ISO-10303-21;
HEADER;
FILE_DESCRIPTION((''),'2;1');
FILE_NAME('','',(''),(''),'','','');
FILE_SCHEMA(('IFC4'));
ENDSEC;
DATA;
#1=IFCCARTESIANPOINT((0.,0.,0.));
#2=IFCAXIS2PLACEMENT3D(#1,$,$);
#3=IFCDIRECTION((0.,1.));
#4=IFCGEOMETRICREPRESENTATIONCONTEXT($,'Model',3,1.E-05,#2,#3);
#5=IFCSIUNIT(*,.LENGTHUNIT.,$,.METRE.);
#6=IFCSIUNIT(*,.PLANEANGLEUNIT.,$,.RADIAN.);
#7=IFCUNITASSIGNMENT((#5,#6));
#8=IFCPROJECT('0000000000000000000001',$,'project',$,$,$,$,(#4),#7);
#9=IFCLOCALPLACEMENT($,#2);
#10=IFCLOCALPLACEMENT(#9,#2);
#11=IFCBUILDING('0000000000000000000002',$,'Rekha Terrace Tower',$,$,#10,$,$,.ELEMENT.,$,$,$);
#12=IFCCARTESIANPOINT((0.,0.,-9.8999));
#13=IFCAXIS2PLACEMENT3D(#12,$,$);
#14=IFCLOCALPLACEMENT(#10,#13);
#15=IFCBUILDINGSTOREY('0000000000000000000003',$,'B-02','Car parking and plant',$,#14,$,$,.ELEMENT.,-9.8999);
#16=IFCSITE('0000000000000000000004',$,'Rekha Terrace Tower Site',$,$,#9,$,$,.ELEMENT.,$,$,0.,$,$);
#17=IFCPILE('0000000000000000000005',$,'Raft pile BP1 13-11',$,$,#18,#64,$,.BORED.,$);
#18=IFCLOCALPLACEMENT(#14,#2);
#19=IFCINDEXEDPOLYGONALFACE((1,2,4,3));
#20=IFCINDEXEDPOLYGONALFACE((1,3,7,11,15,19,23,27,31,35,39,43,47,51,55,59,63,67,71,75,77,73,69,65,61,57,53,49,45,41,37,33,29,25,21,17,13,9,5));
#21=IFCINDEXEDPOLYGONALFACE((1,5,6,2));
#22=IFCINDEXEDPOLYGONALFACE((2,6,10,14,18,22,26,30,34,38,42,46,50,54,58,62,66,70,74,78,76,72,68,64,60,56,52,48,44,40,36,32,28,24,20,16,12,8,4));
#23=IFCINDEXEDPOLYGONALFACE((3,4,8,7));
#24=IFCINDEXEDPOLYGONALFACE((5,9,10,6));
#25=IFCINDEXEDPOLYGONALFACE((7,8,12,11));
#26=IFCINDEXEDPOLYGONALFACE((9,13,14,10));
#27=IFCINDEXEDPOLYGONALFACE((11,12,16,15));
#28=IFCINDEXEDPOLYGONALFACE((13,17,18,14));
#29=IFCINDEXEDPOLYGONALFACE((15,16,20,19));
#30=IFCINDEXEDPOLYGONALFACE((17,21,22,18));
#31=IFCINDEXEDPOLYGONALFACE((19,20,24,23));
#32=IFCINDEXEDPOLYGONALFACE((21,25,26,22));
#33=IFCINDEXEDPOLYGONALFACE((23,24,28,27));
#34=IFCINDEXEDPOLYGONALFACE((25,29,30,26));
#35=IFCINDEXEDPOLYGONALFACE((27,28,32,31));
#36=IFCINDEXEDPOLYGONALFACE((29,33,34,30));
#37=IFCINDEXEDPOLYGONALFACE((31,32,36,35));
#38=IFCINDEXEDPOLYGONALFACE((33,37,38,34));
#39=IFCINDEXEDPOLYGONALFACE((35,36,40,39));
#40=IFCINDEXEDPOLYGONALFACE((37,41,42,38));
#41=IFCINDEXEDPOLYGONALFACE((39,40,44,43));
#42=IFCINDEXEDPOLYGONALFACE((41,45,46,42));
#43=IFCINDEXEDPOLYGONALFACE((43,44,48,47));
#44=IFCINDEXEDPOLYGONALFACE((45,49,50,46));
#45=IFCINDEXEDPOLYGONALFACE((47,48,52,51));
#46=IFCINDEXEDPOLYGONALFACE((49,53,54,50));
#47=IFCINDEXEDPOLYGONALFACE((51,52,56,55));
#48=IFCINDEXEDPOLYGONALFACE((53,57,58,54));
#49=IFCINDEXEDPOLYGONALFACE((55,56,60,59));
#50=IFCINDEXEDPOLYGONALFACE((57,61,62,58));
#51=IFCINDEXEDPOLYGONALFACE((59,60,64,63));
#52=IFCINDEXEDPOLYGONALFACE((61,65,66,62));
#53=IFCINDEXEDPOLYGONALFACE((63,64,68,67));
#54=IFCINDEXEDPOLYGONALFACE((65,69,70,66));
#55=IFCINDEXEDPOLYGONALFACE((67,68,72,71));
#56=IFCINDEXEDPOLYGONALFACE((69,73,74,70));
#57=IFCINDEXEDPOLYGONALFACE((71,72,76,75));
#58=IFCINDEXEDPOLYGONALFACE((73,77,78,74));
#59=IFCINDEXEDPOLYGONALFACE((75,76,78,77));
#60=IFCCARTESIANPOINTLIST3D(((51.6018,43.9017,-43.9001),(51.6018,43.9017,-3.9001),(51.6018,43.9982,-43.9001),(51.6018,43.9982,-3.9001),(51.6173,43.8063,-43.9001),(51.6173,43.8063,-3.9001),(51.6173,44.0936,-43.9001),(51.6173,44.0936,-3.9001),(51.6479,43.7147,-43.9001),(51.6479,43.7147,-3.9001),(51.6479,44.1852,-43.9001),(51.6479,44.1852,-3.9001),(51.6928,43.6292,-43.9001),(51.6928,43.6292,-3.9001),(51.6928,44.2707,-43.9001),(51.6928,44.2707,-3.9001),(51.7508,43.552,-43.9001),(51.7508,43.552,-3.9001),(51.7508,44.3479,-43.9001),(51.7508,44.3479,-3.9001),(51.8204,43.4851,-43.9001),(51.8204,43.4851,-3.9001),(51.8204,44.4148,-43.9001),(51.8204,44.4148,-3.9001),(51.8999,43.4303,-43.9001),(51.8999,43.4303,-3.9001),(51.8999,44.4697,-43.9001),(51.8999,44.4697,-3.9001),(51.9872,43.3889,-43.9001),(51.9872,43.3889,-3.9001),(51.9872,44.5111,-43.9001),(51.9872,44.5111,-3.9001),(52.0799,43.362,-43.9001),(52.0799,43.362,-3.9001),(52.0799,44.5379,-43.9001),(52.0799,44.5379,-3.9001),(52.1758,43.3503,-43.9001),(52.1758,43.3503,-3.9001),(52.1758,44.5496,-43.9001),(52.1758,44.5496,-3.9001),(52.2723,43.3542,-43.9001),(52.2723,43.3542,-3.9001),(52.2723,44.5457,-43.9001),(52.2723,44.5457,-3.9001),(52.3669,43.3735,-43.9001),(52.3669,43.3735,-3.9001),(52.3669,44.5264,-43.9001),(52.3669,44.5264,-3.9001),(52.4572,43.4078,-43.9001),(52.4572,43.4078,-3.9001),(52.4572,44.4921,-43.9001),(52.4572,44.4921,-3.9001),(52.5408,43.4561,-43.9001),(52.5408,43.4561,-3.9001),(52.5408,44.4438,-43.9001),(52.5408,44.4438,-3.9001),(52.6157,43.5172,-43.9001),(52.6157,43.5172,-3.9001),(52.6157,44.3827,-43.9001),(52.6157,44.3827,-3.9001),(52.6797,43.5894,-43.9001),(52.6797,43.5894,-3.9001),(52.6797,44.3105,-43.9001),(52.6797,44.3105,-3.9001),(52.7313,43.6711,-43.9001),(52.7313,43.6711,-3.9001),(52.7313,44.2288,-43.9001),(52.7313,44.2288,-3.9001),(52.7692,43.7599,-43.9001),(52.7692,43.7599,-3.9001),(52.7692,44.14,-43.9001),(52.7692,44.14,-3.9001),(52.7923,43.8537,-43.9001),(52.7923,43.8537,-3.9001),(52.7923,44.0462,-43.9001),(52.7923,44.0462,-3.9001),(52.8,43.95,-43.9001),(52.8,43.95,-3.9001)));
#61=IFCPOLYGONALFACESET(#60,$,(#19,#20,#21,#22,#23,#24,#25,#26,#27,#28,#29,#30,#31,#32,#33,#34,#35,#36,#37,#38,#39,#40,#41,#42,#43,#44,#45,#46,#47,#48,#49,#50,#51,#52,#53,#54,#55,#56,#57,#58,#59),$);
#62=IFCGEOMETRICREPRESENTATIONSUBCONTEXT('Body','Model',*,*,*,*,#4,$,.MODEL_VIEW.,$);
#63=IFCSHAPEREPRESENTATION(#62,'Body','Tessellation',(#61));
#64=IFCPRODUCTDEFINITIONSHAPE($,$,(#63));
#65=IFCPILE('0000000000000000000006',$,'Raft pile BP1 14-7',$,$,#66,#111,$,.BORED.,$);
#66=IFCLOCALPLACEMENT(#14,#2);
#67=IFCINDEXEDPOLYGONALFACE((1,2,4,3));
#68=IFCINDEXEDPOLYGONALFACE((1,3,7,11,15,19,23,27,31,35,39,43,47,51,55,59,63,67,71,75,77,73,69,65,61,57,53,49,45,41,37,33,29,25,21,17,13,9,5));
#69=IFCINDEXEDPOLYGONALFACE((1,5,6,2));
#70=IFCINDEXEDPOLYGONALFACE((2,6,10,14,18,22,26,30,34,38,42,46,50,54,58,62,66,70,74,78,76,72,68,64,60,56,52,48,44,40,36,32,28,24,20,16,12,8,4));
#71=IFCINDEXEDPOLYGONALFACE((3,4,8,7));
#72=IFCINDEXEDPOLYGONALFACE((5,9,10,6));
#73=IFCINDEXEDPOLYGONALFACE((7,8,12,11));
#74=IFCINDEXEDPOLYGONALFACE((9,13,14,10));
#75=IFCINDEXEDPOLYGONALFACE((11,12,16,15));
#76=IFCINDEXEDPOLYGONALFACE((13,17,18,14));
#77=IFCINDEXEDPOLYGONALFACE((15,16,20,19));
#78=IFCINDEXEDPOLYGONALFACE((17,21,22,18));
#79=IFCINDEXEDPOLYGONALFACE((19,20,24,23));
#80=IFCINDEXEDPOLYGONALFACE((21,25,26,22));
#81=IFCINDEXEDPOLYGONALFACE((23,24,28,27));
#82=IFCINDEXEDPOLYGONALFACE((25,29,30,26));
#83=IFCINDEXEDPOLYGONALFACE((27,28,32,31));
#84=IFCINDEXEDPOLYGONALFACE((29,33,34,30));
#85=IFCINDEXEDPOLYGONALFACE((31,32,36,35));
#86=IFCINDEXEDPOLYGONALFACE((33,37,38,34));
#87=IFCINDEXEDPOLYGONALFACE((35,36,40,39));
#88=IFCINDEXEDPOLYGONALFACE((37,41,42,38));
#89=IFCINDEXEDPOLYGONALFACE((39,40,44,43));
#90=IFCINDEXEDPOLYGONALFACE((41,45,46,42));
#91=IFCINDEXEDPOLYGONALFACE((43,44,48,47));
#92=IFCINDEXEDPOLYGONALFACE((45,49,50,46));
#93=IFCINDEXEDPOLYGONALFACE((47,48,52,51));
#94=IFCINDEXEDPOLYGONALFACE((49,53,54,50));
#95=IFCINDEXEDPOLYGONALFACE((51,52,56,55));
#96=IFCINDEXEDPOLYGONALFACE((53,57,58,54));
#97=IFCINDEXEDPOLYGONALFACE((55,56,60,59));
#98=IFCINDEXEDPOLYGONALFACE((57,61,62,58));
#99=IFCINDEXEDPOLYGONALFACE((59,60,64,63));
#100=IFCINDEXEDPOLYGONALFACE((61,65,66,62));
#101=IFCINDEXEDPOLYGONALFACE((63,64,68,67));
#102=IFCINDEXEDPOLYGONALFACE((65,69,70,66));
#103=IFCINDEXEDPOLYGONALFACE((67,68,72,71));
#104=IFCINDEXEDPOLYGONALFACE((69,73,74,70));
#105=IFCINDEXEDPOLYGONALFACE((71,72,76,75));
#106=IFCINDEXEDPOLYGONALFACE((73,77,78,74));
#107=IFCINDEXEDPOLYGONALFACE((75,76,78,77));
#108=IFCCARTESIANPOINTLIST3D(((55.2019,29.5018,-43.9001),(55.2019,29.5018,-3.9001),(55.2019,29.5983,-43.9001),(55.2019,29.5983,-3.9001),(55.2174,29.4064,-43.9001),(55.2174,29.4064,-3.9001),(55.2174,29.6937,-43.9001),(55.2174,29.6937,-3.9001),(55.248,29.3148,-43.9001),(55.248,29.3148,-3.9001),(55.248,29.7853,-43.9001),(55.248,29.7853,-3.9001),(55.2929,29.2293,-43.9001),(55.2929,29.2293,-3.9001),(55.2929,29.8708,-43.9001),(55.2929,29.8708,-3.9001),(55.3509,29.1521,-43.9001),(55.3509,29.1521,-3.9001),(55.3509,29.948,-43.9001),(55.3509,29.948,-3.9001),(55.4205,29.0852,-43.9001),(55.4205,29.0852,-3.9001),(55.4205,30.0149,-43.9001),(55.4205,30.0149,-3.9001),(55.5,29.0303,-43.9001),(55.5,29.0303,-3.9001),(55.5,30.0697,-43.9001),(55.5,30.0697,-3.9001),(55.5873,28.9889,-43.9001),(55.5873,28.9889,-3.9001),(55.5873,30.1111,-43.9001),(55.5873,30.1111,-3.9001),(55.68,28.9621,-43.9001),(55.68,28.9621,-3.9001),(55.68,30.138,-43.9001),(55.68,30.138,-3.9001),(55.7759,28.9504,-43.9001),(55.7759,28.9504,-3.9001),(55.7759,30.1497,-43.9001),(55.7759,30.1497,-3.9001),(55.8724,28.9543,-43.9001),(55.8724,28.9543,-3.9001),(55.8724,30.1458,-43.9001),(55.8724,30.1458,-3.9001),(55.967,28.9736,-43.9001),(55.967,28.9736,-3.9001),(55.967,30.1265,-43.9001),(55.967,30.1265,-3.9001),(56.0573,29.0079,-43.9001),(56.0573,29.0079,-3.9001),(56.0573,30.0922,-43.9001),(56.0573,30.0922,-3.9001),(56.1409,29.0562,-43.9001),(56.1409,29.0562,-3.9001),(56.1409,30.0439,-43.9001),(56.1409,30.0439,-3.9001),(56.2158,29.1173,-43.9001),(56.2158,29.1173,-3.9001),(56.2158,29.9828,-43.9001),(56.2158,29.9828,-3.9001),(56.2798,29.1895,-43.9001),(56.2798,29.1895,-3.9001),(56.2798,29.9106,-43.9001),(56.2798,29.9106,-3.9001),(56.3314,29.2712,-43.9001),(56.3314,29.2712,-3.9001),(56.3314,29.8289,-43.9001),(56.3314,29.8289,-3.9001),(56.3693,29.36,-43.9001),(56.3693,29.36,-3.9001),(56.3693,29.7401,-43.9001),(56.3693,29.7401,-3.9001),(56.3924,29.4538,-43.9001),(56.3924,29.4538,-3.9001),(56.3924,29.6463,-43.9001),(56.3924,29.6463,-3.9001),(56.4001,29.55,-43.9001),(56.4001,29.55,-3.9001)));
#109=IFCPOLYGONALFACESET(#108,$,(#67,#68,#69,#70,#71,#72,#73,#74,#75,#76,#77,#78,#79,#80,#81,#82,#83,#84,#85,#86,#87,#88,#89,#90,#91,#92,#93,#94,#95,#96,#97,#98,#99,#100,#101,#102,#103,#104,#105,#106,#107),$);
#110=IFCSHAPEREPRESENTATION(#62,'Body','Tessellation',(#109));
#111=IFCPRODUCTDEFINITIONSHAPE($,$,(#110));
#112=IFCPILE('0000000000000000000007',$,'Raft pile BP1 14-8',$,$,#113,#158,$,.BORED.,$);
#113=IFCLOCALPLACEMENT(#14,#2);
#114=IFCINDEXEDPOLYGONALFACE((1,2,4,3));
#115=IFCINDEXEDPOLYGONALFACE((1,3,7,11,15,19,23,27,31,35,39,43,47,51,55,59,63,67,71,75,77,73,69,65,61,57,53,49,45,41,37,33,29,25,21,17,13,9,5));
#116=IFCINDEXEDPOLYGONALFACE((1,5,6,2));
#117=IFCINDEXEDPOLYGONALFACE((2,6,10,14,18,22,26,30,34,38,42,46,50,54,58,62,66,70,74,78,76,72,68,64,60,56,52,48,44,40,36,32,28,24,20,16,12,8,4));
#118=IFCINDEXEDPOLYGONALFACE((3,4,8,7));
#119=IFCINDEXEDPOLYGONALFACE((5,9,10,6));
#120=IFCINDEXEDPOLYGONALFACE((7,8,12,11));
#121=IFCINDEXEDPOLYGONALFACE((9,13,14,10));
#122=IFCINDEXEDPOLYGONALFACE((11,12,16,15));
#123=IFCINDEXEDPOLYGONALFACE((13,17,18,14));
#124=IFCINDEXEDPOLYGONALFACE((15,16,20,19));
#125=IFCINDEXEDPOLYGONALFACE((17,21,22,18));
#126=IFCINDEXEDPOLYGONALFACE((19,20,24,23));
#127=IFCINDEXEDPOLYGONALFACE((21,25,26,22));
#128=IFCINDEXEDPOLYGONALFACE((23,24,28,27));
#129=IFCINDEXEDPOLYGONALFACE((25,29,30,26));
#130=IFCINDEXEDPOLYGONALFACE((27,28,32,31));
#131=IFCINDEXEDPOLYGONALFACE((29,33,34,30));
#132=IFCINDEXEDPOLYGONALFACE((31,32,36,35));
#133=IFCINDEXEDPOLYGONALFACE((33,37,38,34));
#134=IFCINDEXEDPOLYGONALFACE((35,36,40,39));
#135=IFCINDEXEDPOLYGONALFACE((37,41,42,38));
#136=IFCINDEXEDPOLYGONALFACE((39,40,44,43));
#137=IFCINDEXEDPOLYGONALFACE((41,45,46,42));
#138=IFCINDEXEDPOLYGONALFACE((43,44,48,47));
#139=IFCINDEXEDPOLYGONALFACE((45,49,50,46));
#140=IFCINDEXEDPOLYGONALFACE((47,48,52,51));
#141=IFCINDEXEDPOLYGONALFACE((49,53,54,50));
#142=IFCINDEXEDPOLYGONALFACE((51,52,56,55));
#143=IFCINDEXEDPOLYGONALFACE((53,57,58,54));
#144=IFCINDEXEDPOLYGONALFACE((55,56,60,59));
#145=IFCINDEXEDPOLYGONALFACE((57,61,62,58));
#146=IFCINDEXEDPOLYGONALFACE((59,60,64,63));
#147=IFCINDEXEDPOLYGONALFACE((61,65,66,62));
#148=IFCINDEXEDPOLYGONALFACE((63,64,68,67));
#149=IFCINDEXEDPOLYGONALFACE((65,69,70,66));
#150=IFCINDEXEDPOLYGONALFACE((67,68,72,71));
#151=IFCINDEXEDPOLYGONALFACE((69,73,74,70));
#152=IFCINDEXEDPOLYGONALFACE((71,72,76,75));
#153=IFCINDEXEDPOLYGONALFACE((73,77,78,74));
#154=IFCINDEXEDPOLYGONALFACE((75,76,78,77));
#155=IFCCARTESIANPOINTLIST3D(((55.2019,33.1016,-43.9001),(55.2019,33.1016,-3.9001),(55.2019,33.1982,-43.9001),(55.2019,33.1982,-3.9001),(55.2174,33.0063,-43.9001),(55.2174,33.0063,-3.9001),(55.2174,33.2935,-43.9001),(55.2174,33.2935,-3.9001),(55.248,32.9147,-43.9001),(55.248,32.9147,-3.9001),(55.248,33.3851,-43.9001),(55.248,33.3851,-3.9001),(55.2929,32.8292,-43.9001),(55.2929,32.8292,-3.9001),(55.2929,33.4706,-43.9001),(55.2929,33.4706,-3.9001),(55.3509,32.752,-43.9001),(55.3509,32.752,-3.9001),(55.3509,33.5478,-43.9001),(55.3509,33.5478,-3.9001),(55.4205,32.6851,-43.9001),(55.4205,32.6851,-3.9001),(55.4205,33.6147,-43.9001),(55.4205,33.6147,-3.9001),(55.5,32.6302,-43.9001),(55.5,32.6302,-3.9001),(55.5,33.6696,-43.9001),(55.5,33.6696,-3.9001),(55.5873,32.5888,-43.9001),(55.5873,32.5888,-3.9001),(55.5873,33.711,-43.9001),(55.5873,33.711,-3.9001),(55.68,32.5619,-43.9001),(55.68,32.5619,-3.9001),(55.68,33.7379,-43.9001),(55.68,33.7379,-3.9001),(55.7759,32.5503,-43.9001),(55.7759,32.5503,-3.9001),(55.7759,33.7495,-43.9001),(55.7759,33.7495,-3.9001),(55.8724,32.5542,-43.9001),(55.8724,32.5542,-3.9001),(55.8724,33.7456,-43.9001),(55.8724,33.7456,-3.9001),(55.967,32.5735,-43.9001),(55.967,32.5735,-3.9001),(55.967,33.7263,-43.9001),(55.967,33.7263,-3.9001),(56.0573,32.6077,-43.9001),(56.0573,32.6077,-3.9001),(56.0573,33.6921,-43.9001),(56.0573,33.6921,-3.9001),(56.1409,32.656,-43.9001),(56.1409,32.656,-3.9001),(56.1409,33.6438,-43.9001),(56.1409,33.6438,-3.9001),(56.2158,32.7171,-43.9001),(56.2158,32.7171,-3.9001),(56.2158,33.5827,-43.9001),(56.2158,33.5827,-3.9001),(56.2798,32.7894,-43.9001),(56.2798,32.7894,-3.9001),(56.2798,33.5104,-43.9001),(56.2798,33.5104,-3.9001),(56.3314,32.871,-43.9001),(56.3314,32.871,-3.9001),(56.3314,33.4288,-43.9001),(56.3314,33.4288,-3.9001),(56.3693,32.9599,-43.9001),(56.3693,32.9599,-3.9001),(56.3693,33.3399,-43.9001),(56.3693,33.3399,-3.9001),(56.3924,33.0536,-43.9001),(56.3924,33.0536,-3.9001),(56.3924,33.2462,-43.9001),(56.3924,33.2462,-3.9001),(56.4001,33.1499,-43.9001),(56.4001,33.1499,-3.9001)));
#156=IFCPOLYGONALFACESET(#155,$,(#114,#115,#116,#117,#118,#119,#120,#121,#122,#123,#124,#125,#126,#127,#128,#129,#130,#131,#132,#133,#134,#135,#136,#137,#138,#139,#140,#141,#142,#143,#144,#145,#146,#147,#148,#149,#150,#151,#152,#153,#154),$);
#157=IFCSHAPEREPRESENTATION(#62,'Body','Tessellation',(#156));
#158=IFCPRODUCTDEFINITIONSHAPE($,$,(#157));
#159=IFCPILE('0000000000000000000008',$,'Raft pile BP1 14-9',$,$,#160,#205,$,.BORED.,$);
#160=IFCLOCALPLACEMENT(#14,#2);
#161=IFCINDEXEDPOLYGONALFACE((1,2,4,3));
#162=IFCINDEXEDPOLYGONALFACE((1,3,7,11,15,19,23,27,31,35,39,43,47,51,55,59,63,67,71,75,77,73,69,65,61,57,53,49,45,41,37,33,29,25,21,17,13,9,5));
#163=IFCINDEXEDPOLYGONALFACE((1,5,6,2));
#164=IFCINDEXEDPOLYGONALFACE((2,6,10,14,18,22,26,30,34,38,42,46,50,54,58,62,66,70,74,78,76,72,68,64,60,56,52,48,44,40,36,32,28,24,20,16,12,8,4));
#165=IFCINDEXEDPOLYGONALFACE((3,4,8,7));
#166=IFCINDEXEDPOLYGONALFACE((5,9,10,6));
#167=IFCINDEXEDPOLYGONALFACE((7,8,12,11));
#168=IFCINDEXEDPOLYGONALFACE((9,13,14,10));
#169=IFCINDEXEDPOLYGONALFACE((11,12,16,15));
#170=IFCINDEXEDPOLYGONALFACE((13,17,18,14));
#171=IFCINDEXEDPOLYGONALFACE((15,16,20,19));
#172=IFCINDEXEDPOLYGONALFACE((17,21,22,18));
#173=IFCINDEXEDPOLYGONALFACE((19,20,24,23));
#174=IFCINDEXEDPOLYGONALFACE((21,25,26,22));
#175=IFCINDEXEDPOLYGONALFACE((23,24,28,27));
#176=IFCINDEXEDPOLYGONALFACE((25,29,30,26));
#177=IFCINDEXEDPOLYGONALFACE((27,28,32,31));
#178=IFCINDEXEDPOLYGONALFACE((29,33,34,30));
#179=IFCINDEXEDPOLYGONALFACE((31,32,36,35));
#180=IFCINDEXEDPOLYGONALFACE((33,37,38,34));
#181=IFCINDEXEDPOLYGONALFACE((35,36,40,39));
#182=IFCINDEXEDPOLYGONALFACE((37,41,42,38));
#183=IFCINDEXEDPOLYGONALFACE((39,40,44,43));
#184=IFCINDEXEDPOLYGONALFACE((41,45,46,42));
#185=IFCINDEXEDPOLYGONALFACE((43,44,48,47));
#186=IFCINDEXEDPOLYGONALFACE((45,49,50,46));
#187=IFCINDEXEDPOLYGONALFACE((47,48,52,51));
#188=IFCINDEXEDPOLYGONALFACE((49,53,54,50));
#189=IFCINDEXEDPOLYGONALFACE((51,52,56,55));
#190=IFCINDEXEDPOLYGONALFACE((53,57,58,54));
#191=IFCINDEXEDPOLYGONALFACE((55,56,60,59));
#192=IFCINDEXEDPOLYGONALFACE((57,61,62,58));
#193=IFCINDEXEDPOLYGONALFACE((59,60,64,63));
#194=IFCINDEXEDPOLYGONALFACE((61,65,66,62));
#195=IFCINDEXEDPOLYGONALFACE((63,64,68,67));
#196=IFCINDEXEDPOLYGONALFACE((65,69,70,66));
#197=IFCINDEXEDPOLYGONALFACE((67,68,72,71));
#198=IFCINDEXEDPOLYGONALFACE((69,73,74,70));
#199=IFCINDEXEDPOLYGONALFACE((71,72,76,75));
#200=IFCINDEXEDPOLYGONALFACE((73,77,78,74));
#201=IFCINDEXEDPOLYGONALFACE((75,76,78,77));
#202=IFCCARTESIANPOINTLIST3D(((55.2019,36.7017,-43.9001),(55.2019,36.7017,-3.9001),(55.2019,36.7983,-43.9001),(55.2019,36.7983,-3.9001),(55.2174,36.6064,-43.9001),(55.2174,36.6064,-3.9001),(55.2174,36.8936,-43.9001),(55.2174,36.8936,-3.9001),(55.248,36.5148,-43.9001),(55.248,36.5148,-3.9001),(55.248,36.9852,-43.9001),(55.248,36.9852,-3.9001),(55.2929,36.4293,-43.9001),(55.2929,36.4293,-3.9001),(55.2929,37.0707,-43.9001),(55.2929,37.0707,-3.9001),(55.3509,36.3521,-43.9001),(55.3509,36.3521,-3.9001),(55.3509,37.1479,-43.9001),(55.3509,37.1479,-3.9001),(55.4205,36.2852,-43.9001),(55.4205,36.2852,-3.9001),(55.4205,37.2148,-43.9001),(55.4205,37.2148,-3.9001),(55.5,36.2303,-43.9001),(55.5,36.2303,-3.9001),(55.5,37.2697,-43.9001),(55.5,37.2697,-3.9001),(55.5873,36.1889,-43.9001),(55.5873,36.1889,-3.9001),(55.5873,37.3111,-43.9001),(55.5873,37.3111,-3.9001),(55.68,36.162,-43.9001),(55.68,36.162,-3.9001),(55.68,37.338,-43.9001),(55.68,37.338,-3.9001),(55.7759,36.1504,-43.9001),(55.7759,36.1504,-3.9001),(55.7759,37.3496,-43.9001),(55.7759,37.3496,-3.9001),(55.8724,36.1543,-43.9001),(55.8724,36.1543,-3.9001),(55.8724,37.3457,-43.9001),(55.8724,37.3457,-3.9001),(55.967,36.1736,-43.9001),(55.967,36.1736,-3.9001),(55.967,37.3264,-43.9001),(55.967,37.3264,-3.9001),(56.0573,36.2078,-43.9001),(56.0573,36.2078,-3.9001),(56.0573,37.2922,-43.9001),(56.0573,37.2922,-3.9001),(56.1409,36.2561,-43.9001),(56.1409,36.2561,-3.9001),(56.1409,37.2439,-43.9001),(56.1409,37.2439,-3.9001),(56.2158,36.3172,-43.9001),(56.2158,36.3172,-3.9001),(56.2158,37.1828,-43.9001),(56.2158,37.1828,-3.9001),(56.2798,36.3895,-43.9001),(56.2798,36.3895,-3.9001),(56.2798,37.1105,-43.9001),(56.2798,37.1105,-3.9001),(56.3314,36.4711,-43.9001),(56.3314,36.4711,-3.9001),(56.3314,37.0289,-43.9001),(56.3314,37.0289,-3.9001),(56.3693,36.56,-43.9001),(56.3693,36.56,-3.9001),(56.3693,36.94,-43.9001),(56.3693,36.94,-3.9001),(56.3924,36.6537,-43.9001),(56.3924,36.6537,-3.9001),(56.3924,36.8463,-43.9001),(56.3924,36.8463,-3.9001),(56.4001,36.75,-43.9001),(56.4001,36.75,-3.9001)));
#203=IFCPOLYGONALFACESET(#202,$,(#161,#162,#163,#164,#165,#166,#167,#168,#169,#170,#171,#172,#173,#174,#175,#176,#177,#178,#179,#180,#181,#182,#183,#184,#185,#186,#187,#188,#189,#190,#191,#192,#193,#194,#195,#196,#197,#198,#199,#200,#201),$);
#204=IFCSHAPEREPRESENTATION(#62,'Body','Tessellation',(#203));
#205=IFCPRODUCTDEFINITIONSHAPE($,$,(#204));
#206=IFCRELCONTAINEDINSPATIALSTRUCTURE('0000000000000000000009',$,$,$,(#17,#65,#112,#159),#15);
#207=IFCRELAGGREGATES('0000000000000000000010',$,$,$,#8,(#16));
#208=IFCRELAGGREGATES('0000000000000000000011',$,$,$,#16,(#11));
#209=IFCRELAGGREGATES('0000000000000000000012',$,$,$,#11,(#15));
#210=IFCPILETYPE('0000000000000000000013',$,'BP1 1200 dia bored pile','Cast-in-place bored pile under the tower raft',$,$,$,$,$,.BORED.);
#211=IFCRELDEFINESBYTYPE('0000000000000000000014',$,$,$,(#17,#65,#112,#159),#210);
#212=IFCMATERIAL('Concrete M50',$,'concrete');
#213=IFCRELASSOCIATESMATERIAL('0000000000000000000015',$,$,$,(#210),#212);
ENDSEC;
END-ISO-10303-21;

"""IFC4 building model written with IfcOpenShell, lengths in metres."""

from ifc_helpers import new_model, si_unit, direction, frame, origin, origin_2d, place, context, subcontext, project, spatial, circle, extrude, material, type_object, element, save


model = new_model("IFC4")

# Units and contexts
model_context = context("Model", 3, precision=1e-05, world=origin(), true_north=direction((0.0, 1.0)))
body_context = subcontext(model_context, "Body", "Model", "MODEL_VIEW")
ifc_project = project(units=[si_unit("LENGTHUNIT", "METRE"), si_unit("PLANEANGLEUNIT", "RADIAN")], contexts=[model_context])

# Site, building, storey
site_placement = place(None, origin())
site = spatial("IfcSite", under=ifc_project, at=site_placement, Name="Rekha Terrace Tower Site", CompositionType="ELEMENT", RefElevation=0.0)
building_placement = place(site_placement, origin())
building = spatial("IfcBuilding", under=site, at=building_placement, Name="Rekha Terrace Tower", CompositionType="ELEMENT")
storey_placement = place(building_placement, frame((0.0, 0.0, -9.8999)))
storey = spatial("IfcBuildingStorey", under=building, at=storey_placement, Name="B-02", Description="Car parking and plant", CompositionType="ELEMENT", Elevation=-9.8999)

# Piles
ifc_material_1 = material(Name="Concrete M50", Category="concrete")
pile_type = type_object("IfcPileType", Name="BP1 1200 dia bored pile", Description="Cast-in-place bored pile under the tower raft", PredefinedType="BORED", material=ifc_material_1)
for number, where, z_axis, x_axis, name in (
    (1, (52.2, 43.95, -3.9001), (0.0, 0.0, -1.0), (1.0, 0.0, 0.0), "Raft pile BP1 13-11"),
    (2, (55.8, 29.55, -3.9001), (0.0, 0.0, -1.0), (1.0, 0.0, 0.0), "Raft pile BP1 14-7"),
    (3, (55.8, 33.1499, -3.9001), (0.0, 0.0, -1.0), (1.0, 0.0, 0.0), "Raft pile BP1 14-8"),
    (4, (55.8, 36.75, -3.9001), (0.0, 0.0, -1.0), (1.0, 0.0, 0.0), "Raft pile BP1 14-9"),
):
    element("IfcPile", number, at=place(storey_placement, frame(where, z_axis=z_axis, x_axis=x_axis)), inside=storey, type_object=pile_type, Name=name, PredefinedType="BORED", context=body_context, shape_type="SweptSolid", body=[
        extrude(circle(Radius=0.6001, at=origin_2d()), origin(), (0.0, 0.0, 1.0), 40.0),
    ])

save(model, "model.ifc")
